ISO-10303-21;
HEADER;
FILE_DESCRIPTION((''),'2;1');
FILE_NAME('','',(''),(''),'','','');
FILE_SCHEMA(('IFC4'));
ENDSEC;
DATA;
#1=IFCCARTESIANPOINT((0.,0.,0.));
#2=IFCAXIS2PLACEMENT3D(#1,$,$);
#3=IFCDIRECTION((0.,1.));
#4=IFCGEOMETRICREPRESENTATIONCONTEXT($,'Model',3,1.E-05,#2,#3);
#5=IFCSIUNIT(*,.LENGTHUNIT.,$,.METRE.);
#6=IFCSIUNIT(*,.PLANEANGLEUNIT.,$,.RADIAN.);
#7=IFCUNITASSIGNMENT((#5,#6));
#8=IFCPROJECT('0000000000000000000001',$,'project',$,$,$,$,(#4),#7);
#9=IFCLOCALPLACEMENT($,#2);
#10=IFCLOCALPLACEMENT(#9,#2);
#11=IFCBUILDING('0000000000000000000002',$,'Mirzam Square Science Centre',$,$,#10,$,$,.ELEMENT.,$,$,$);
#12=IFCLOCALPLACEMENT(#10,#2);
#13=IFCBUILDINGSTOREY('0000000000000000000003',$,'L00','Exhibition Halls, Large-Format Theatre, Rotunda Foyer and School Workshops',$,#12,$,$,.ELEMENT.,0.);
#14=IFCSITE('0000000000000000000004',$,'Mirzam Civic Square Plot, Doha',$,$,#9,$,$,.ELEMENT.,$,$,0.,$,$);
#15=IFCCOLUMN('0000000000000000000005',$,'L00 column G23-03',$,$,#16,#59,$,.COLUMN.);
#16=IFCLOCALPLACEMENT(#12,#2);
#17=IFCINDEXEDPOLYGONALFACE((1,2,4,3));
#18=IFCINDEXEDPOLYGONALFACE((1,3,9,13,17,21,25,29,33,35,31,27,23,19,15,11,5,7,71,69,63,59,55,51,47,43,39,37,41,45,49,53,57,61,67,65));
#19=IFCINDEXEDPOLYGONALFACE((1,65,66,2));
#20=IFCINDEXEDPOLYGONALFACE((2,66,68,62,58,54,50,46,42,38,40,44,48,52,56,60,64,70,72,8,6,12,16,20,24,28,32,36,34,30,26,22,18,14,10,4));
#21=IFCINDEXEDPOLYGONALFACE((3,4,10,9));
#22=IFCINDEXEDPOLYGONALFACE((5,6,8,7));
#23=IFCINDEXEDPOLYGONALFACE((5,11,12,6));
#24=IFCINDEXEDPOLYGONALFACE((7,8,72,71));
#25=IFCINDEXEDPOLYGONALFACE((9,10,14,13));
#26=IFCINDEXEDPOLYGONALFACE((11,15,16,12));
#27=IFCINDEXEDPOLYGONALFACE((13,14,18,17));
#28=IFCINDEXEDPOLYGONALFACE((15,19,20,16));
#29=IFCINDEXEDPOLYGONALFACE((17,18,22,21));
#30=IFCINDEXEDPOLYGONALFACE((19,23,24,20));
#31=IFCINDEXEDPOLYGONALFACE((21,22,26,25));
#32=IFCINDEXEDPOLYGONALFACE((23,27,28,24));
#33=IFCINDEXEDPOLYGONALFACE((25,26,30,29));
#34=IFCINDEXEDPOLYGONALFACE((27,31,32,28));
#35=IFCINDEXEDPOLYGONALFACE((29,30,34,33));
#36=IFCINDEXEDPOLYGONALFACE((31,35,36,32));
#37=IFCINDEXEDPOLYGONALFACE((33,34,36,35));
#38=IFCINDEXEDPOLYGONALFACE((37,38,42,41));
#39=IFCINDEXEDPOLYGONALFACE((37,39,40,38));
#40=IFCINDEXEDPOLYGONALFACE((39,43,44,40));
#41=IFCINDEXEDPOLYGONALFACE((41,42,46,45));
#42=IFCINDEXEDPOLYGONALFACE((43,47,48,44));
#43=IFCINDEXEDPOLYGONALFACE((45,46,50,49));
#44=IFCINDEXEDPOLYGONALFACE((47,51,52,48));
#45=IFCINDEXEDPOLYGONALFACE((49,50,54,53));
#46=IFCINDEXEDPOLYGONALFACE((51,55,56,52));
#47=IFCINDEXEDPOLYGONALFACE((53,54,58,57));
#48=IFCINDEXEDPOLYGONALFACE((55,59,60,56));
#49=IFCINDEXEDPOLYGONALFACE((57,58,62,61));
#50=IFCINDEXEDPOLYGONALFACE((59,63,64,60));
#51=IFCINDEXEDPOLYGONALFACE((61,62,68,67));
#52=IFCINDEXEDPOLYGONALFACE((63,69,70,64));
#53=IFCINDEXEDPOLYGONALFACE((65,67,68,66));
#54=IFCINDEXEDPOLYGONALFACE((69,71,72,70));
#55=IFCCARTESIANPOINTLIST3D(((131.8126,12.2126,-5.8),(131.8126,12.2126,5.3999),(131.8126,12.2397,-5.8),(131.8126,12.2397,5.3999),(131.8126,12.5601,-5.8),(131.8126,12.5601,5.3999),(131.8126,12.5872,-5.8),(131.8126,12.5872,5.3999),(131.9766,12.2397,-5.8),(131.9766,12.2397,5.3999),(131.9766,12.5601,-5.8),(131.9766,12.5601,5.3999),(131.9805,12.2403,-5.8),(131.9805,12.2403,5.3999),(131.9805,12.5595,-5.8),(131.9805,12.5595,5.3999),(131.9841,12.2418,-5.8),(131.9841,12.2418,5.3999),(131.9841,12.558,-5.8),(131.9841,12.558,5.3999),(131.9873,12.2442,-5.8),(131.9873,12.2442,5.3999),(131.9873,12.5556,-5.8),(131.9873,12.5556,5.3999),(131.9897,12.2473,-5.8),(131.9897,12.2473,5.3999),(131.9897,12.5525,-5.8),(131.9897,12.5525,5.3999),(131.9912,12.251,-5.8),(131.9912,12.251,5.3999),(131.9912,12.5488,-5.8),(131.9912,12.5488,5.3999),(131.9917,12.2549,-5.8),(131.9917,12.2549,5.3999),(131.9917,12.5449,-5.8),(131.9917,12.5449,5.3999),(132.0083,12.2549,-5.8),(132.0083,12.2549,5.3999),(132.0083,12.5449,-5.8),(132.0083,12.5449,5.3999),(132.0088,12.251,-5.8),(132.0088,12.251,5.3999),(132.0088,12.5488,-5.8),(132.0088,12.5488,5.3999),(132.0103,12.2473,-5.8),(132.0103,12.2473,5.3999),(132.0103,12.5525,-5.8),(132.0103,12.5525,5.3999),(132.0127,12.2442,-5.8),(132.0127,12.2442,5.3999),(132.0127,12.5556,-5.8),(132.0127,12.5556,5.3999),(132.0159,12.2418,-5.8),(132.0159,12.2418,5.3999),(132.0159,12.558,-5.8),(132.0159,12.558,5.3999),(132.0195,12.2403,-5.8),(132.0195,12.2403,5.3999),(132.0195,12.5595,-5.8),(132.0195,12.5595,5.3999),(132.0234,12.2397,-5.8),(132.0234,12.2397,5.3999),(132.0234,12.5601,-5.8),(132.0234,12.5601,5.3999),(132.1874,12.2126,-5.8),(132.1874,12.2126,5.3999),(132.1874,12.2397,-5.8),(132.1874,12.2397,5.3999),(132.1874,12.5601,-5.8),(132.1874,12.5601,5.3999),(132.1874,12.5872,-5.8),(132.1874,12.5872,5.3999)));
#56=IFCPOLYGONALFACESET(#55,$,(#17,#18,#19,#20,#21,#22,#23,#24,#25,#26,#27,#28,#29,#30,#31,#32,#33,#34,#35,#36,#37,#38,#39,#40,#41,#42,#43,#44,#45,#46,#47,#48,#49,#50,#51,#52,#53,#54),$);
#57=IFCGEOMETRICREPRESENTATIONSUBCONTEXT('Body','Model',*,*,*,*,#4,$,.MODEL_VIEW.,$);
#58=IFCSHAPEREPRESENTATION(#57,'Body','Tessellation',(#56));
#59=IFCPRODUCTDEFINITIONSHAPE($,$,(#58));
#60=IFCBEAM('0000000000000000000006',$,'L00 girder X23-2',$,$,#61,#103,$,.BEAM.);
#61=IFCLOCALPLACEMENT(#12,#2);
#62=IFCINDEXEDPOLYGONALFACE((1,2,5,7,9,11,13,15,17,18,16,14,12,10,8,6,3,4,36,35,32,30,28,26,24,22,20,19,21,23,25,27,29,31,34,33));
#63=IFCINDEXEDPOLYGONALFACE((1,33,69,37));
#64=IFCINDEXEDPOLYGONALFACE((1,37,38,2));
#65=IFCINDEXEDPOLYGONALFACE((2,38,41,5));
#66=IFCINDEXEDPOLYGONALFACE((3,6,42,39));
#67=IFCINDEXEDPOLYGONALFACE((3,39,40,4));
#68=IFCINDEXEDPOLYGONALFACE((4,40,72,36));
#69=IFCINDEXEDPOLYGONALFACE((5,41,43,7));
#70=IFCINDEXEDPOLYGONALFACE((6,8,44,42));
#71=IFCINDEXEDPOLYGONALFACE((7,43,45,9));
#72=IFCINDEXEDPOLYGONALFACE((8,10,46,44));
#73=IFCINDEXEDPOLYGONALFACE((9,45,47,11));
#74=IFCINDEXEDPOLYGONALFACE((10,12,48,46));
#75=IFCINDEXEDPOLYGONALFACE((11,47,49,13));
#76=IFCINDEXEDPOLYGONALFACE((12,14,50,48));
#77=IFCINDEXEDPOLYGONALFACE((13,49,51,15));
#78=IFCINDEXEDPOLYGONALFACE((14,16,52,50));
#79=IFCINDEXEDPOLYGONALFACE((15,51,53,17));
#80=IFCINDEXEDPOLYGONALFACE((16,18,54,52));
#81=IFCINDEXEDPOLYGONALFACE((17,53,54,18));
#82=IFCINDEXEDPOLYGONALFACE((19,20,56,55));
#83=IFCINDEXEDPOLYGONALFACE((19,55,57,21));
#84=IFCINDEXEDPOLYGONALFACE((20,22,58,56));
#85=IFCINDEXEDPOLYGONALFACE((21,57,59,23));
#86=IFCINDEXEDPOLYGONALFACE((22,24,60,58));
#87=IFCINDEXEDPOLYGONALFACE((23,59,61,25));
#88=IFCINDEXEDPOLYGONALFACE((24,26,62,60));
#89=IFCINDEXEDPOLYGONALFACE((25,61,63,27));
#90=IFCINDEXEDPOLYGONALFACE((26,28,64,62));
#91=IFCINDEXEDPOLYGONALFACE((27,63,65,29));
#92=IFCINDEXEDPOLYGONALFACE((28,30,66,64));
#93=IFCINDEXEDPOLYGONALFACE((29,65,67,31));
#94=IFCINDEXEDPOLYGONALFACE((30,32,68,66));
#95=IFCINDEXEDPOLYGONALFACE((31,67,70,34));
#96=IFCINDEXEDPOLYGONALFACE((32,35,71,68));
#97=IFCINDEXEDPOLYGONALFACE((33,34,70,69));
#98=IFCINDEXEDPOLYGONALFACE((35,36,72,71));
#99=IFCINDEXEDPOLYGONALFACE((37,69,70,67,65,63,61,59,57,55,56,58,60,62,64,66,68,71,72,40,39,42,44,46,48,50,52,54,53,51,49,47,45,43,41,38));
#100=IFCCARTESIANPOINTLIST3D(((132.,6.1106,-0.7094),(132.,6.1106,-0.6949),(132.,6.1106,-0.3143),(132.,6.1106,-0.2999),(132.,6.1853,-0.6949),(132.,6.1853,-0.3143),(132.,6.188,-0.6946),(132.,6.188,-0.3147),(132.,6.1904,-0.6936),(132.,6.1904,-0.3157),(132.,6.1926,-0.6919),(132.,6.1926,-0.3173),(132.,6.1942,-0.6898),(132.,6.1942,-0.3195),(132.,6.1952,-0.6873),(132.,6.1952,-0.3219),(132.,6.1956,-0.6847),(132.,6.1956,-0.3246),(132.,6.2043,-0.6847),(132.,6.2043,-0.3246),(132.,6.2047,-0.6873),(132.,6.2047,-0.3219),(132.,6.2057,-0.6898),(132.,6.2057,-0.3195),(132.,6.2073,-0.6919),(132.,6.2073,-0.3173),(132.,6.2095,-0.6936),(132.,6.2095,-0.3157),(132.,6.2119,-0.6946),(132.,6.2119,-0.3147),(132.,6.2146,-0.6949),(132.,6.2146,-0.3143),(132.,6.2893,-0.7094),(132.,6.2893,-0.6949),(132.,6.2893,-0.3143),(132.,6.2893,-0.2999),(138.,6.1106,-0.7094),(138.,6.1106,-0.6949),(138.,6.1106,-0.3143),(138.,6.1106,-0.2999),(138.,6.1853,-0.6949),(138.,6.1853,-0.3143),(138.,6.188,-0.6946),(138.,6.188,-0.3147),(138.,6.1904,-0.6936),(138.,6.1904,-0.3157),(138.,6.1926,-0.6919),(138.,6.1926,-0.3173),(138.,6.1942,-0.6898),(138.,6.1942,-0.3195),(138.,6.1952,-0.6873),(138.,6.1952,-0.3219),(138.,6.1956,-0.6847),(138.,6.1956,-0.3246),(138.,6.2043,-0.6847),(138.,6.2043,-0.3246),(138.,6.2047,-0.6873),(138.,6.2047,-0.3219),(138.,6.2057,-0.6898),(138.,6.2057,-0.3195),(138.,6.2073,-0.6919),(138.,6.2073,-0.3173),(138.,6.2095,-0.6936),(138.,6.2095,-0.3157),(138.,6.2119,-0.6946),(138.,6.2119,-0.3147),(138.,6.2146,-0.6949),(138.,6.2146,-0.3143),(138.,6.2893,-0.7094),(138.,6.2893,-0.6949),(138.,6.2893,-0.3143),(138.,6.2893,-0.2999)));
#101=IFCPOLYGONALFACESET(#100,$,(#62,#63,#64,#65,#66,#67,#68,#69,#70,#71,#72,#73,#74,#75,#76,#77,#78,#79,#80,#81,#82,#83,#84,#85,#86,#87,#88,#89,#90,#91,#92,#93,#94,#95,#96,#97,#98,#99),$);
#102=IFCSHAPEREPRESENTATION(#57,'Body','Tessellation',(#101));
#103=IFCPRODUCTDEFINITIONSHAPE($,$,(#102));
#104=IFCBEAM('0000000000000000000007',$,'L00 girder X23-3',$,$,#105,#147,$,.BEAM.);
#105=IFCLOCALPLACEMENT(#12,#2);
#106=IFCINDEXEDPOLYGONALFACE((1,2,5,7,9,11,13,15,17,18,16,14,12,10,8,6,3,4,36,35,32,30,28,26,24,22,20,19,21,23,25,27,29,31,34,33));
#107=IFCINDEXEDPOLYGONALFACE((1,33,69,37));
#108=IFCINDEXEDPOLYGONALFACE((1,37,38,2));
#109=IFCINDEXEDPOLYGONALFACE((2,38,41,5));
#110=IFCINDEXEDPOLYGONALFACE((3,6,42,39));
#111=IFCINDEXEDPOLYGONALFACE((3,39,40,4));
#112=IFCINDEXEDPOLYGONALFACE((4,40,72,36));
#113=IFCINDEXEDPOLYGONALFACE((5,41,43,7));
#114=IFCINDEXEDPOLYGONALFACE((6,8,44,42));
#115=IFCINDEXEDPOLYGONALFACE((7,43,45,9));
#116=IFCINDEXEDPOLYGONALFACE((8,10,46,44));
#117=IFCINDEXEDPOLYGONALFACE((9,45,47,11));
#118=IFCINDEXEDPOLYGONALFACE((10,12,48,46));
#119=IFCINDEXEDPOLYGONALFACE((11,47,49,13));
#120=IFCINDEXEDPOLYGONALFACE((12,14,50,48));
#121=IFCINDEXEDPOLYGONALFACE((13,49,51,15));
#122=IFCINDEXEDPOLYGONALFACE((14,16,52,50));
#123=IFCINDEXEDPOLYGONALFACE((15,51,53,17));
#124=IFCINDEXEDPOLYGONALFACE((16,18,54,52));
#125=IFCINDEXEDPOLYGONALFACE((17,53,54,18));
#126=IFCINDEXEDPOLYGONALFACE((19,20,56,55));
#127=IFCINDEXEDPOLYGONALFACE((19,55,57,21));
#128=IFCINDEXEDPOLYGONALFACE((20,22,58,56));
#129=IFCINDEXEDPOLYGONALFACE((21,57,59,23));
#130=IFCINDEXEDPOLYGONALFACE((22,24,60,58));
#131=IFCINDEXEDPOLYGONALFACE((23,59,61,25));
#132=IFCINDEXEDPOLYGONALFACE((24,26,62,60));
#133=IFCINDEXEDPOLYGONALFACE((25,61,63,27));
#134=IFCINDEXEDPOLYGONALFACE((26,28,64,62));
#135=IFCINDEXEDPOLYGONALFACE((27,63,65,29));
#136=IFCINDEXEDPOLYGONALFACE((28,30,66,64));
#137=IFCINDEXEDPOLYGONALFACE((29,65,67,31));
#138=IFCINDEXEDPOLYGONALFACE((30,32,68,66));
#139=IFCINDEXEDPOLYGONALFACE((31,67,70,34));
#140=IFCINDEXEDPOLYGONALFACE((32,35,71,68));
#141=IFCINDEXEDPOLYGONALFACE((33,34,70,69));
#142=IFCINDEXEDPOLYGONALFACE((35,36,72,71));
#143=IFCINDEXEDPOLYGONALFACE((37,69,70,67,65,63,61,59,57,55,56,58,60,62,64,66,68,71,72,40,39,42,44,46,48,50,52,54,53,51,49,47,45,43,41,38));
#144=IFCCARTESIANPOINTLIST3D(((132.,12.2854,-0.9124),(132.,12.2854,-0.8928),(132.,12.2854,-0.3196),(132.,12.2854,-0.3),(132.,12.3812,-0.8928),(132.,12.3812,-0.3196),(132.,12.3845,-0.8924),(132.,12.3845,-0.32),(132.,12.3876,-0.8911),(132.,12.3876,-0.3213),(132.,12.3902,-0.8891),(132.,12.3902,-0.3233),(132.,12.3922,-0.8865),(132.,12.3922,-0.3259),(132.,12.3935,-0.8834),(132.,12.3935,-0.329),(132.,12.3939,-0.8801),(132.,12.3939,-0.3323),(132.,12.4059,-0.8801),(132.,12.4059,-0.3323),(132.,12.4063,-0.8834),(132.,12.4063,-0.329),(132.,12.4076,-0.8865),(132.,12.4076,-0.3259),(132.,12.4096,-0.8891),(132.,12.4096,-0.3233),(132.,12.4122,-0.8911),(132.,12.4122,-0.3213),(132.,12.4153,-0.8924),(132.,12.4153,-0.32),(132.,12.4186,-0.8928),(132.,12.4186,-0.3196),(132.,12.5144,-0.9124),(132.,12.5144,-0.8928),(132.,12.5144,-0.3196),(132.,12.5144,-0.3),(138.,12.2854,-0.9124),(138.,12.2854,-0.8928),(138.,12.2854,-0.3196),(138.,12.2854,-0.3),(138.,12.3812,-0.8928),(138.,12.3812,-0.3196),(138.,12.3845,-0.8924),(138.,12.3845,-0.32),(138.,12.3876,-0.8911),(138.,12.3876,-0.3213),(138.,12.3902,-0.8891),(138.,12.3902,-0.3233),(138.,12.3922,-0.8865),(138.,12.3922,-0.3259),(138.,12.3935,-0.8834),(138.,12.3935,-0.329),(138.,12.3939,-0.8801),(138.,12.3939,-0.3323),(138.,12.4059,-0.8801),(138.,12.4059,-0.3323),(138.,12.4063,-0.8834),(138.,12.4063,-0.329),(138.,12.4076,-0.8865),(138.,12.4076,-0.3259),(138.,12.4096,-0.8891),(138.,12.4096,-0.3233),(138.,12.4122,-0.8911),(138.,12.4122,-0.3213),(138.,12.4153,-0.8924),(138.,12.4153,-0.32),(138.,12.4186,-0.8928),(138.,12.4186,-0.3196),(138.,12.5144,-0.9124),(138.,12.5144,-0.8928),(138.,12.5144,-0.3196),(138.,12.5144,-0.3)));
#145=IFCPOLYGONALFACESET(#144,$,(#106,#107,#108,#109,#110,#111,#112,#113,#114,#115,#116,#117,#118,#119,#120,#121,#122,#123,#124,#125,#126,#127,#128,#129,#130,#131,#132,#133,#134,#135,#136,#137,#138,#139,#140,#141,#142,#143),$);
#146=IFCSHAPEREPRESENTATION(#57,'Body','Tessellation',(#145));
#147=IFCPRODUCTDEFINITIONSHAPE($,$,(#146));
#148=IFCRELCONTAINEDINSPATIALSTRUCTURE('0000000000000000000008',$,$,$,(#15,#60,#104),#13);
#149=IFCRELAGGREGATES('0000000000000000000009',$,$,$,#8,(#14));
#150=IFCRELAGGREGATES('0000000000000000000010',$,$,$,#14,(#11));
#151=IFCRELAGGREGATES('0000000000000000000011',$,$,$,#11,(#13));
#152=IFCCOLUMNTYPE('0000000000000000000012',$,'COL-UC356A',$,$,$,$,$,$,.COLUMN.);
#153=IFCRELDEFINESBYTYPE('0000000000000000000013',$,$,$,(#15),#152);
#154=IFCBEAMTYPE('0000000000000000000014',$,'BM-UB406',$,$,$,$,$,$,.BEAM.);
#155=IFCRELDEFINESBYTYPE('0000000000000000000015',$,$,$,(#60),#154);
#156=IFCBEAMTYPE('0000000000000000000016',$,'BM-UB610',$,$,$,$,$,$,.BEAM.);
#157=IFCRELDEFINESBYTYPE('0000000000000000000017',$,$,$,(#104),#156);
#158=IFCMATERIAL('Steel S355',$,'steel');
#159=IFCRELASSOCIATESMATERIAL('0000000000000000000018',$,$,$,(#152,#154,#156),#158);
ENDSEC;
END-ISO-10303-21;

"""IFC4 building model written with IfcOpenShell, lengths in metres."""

from ifc_helpers import new_model, si_unit, direction, frame, origin, origin_2d, place, context, subcontext, project, spatial, i_section, extrude, material, material_profile, profile_set, type_object, element, save


model = new_model("IFC4")

# Units and contexts
model_context = context("Model", 3, precision=1e-05, world=origin(), true_north=direction((0.0, 1.0)))
body_context = subcontext(model_context, "Body", "Model", "MODEL_VIEW")
ifc_project = project(units=[si_unit("LENGTHUNIT", "METRE"), si_unit("PLANEANGLEUNIT", "RADIAN")], contexts=[model_context])

# Site, building, storey
site_placement = place(None, origin())
site = spatial("IfcSite", under=ifc_project, at=site_placement, Name="Mirzam Civic Square Plot, Doha", CompositionType="ELEMENT", RefElevation=0.0)
building_placement = place(site_placement, origin())
building = spatial("IfcBuilding", under=site, at=building_placement, Name="Mirzam Square Science Centre", CompositionType="ELEMENT")
storey_placement = place(building_placement, origin())
storey = spatial("IfcBuildingStorey", under=building, at=storey_placement, Name="L00", Description="Exhibition Halls, Large-Format Theatre, Rotunda Foyer and School Workshops", CompositionType="ELEMENT", Elevation=0.0)

# Column
ifc_material_1 = material(Name="Steel S355", Category="steel")
ifc_material_profile_1 = material_profile(ifc_material_1, i_section(OverallWidth=0.3748, OverallDepth=0.3745, WebThickness=0.0166, FlangeThickness=0.0271, FilletRadius=0.0151, at=origin_2d()), Name="356x368x202UC")
ifc_profile_set_1 = profile_set([ifc_material_profile_1], Name="Steel S355")
column_type_1 = type_object("IfcColumnType", Name="COL-UC356A", PredefinedType="COLUMN", material=ifc_profile_set_1)
column_1_placement = place(storey_placement, frame((132.0, 12.3999, -5.8), z_axis=(0.0, 0.0, 1.0), x_axis=(1.0, 0.0, 0.0)))
element("IfcColumn", 1, at=column_1_placement, inside=storey, type_object=column_type_1, Name="L00 column G23-03", PredefinedType="COLUMN", context=body_context, shape_type="SweptSolid", body=[
    extrude(i_section(OverallWidth=0.3748, OverallDepth=0.3745, WebThickness=0.0166, FlangeThickness=0.0271, FilletRadius=0.0151, at=origin_2d()), origin(), (0.0, 0.0, 1.0), 11.2),
])

# Beams
ifc_material_profile_2 = material_profile(ifc_material_1, i_section(OverallWidth=0.1787, OverallDepth=0.4094, WebThickness=0.0088, FlangeThickness=0.0144, FilletRadius=0.0103, at=origin_2d()), Name="406x178x67UB")
ifc_profile_set_2 = profile_set([ifc_material_profile_2], Name="Steel S355")
beam_type_1 = type_object("IfcBeamType", Name="BM-UB406", PredefinedType="BEAM", material=ifc_profile_set_2)
beam_1_placement = place(storey_placement, frame((132.0, 6.2, -0.5046), z_axis=(1.0, 0.0, 0.0), x_axis=(0.0, 1.0, 0.0)))
element("IfcBeam", 2, at=beam_1_placement, inside=storey, type_object=beam_type_1, Name="L00 girder X23-2", PredefinedType="BEAM", context=body_context, shape_type="SweptSolid", body=[
    extrude(i_section(OverallWidth=0.1787, OverallDepth=0.4094, WebThickness=0.0088, FlangeThickness=0.0144, FilletRadius=0.0103, at=origin_2d()), origin(), (0.0, 0.0, 1.0), 6.0),
])
ifc_material_profile_3 = material_profile(ifc_material_1, i_section(OverallWidth=0.229, OverallDepth=0.6123, WebThickness=0.012, FlangeThickness=0.0195, FilletRadius=0.0127, at=origin_2d()), Name="610x229x125UB")
ifc_profile_set_3 = profile_set([ifc_material_profile_3], Name="Steel S355")
beam_type_2 = type_object("IfcBeamType", Name="BM-UB610", PredefinedType="BEAM", material=ifc_profile_set_3)
beam_2_placement = place(storey_placement, frame((132.0, 12.3999, -0.6062), z_axis=(1.0, 0.0, 0.0), x_axis=(0.0, 1.0, 0.0)))
element("IfcBeam", 3, at=beam_2_placement, inside=storey, type_object=beam_type_2, Name="L00 girder X23-3", PredefinedType="BEAM", context=body_context, shape_type="SweptSolid", body=[
    extrude(i_section(OverallWidth=0.229, OverallDepth=0.6123, WebThickness=0.012, FlangeThickness=0.0195, FilletRadius=0.0127, at=origin_2d()), origin(), (0.0, 0.0, 1.0), 6.0),
])

save(model, "model.ifc")
